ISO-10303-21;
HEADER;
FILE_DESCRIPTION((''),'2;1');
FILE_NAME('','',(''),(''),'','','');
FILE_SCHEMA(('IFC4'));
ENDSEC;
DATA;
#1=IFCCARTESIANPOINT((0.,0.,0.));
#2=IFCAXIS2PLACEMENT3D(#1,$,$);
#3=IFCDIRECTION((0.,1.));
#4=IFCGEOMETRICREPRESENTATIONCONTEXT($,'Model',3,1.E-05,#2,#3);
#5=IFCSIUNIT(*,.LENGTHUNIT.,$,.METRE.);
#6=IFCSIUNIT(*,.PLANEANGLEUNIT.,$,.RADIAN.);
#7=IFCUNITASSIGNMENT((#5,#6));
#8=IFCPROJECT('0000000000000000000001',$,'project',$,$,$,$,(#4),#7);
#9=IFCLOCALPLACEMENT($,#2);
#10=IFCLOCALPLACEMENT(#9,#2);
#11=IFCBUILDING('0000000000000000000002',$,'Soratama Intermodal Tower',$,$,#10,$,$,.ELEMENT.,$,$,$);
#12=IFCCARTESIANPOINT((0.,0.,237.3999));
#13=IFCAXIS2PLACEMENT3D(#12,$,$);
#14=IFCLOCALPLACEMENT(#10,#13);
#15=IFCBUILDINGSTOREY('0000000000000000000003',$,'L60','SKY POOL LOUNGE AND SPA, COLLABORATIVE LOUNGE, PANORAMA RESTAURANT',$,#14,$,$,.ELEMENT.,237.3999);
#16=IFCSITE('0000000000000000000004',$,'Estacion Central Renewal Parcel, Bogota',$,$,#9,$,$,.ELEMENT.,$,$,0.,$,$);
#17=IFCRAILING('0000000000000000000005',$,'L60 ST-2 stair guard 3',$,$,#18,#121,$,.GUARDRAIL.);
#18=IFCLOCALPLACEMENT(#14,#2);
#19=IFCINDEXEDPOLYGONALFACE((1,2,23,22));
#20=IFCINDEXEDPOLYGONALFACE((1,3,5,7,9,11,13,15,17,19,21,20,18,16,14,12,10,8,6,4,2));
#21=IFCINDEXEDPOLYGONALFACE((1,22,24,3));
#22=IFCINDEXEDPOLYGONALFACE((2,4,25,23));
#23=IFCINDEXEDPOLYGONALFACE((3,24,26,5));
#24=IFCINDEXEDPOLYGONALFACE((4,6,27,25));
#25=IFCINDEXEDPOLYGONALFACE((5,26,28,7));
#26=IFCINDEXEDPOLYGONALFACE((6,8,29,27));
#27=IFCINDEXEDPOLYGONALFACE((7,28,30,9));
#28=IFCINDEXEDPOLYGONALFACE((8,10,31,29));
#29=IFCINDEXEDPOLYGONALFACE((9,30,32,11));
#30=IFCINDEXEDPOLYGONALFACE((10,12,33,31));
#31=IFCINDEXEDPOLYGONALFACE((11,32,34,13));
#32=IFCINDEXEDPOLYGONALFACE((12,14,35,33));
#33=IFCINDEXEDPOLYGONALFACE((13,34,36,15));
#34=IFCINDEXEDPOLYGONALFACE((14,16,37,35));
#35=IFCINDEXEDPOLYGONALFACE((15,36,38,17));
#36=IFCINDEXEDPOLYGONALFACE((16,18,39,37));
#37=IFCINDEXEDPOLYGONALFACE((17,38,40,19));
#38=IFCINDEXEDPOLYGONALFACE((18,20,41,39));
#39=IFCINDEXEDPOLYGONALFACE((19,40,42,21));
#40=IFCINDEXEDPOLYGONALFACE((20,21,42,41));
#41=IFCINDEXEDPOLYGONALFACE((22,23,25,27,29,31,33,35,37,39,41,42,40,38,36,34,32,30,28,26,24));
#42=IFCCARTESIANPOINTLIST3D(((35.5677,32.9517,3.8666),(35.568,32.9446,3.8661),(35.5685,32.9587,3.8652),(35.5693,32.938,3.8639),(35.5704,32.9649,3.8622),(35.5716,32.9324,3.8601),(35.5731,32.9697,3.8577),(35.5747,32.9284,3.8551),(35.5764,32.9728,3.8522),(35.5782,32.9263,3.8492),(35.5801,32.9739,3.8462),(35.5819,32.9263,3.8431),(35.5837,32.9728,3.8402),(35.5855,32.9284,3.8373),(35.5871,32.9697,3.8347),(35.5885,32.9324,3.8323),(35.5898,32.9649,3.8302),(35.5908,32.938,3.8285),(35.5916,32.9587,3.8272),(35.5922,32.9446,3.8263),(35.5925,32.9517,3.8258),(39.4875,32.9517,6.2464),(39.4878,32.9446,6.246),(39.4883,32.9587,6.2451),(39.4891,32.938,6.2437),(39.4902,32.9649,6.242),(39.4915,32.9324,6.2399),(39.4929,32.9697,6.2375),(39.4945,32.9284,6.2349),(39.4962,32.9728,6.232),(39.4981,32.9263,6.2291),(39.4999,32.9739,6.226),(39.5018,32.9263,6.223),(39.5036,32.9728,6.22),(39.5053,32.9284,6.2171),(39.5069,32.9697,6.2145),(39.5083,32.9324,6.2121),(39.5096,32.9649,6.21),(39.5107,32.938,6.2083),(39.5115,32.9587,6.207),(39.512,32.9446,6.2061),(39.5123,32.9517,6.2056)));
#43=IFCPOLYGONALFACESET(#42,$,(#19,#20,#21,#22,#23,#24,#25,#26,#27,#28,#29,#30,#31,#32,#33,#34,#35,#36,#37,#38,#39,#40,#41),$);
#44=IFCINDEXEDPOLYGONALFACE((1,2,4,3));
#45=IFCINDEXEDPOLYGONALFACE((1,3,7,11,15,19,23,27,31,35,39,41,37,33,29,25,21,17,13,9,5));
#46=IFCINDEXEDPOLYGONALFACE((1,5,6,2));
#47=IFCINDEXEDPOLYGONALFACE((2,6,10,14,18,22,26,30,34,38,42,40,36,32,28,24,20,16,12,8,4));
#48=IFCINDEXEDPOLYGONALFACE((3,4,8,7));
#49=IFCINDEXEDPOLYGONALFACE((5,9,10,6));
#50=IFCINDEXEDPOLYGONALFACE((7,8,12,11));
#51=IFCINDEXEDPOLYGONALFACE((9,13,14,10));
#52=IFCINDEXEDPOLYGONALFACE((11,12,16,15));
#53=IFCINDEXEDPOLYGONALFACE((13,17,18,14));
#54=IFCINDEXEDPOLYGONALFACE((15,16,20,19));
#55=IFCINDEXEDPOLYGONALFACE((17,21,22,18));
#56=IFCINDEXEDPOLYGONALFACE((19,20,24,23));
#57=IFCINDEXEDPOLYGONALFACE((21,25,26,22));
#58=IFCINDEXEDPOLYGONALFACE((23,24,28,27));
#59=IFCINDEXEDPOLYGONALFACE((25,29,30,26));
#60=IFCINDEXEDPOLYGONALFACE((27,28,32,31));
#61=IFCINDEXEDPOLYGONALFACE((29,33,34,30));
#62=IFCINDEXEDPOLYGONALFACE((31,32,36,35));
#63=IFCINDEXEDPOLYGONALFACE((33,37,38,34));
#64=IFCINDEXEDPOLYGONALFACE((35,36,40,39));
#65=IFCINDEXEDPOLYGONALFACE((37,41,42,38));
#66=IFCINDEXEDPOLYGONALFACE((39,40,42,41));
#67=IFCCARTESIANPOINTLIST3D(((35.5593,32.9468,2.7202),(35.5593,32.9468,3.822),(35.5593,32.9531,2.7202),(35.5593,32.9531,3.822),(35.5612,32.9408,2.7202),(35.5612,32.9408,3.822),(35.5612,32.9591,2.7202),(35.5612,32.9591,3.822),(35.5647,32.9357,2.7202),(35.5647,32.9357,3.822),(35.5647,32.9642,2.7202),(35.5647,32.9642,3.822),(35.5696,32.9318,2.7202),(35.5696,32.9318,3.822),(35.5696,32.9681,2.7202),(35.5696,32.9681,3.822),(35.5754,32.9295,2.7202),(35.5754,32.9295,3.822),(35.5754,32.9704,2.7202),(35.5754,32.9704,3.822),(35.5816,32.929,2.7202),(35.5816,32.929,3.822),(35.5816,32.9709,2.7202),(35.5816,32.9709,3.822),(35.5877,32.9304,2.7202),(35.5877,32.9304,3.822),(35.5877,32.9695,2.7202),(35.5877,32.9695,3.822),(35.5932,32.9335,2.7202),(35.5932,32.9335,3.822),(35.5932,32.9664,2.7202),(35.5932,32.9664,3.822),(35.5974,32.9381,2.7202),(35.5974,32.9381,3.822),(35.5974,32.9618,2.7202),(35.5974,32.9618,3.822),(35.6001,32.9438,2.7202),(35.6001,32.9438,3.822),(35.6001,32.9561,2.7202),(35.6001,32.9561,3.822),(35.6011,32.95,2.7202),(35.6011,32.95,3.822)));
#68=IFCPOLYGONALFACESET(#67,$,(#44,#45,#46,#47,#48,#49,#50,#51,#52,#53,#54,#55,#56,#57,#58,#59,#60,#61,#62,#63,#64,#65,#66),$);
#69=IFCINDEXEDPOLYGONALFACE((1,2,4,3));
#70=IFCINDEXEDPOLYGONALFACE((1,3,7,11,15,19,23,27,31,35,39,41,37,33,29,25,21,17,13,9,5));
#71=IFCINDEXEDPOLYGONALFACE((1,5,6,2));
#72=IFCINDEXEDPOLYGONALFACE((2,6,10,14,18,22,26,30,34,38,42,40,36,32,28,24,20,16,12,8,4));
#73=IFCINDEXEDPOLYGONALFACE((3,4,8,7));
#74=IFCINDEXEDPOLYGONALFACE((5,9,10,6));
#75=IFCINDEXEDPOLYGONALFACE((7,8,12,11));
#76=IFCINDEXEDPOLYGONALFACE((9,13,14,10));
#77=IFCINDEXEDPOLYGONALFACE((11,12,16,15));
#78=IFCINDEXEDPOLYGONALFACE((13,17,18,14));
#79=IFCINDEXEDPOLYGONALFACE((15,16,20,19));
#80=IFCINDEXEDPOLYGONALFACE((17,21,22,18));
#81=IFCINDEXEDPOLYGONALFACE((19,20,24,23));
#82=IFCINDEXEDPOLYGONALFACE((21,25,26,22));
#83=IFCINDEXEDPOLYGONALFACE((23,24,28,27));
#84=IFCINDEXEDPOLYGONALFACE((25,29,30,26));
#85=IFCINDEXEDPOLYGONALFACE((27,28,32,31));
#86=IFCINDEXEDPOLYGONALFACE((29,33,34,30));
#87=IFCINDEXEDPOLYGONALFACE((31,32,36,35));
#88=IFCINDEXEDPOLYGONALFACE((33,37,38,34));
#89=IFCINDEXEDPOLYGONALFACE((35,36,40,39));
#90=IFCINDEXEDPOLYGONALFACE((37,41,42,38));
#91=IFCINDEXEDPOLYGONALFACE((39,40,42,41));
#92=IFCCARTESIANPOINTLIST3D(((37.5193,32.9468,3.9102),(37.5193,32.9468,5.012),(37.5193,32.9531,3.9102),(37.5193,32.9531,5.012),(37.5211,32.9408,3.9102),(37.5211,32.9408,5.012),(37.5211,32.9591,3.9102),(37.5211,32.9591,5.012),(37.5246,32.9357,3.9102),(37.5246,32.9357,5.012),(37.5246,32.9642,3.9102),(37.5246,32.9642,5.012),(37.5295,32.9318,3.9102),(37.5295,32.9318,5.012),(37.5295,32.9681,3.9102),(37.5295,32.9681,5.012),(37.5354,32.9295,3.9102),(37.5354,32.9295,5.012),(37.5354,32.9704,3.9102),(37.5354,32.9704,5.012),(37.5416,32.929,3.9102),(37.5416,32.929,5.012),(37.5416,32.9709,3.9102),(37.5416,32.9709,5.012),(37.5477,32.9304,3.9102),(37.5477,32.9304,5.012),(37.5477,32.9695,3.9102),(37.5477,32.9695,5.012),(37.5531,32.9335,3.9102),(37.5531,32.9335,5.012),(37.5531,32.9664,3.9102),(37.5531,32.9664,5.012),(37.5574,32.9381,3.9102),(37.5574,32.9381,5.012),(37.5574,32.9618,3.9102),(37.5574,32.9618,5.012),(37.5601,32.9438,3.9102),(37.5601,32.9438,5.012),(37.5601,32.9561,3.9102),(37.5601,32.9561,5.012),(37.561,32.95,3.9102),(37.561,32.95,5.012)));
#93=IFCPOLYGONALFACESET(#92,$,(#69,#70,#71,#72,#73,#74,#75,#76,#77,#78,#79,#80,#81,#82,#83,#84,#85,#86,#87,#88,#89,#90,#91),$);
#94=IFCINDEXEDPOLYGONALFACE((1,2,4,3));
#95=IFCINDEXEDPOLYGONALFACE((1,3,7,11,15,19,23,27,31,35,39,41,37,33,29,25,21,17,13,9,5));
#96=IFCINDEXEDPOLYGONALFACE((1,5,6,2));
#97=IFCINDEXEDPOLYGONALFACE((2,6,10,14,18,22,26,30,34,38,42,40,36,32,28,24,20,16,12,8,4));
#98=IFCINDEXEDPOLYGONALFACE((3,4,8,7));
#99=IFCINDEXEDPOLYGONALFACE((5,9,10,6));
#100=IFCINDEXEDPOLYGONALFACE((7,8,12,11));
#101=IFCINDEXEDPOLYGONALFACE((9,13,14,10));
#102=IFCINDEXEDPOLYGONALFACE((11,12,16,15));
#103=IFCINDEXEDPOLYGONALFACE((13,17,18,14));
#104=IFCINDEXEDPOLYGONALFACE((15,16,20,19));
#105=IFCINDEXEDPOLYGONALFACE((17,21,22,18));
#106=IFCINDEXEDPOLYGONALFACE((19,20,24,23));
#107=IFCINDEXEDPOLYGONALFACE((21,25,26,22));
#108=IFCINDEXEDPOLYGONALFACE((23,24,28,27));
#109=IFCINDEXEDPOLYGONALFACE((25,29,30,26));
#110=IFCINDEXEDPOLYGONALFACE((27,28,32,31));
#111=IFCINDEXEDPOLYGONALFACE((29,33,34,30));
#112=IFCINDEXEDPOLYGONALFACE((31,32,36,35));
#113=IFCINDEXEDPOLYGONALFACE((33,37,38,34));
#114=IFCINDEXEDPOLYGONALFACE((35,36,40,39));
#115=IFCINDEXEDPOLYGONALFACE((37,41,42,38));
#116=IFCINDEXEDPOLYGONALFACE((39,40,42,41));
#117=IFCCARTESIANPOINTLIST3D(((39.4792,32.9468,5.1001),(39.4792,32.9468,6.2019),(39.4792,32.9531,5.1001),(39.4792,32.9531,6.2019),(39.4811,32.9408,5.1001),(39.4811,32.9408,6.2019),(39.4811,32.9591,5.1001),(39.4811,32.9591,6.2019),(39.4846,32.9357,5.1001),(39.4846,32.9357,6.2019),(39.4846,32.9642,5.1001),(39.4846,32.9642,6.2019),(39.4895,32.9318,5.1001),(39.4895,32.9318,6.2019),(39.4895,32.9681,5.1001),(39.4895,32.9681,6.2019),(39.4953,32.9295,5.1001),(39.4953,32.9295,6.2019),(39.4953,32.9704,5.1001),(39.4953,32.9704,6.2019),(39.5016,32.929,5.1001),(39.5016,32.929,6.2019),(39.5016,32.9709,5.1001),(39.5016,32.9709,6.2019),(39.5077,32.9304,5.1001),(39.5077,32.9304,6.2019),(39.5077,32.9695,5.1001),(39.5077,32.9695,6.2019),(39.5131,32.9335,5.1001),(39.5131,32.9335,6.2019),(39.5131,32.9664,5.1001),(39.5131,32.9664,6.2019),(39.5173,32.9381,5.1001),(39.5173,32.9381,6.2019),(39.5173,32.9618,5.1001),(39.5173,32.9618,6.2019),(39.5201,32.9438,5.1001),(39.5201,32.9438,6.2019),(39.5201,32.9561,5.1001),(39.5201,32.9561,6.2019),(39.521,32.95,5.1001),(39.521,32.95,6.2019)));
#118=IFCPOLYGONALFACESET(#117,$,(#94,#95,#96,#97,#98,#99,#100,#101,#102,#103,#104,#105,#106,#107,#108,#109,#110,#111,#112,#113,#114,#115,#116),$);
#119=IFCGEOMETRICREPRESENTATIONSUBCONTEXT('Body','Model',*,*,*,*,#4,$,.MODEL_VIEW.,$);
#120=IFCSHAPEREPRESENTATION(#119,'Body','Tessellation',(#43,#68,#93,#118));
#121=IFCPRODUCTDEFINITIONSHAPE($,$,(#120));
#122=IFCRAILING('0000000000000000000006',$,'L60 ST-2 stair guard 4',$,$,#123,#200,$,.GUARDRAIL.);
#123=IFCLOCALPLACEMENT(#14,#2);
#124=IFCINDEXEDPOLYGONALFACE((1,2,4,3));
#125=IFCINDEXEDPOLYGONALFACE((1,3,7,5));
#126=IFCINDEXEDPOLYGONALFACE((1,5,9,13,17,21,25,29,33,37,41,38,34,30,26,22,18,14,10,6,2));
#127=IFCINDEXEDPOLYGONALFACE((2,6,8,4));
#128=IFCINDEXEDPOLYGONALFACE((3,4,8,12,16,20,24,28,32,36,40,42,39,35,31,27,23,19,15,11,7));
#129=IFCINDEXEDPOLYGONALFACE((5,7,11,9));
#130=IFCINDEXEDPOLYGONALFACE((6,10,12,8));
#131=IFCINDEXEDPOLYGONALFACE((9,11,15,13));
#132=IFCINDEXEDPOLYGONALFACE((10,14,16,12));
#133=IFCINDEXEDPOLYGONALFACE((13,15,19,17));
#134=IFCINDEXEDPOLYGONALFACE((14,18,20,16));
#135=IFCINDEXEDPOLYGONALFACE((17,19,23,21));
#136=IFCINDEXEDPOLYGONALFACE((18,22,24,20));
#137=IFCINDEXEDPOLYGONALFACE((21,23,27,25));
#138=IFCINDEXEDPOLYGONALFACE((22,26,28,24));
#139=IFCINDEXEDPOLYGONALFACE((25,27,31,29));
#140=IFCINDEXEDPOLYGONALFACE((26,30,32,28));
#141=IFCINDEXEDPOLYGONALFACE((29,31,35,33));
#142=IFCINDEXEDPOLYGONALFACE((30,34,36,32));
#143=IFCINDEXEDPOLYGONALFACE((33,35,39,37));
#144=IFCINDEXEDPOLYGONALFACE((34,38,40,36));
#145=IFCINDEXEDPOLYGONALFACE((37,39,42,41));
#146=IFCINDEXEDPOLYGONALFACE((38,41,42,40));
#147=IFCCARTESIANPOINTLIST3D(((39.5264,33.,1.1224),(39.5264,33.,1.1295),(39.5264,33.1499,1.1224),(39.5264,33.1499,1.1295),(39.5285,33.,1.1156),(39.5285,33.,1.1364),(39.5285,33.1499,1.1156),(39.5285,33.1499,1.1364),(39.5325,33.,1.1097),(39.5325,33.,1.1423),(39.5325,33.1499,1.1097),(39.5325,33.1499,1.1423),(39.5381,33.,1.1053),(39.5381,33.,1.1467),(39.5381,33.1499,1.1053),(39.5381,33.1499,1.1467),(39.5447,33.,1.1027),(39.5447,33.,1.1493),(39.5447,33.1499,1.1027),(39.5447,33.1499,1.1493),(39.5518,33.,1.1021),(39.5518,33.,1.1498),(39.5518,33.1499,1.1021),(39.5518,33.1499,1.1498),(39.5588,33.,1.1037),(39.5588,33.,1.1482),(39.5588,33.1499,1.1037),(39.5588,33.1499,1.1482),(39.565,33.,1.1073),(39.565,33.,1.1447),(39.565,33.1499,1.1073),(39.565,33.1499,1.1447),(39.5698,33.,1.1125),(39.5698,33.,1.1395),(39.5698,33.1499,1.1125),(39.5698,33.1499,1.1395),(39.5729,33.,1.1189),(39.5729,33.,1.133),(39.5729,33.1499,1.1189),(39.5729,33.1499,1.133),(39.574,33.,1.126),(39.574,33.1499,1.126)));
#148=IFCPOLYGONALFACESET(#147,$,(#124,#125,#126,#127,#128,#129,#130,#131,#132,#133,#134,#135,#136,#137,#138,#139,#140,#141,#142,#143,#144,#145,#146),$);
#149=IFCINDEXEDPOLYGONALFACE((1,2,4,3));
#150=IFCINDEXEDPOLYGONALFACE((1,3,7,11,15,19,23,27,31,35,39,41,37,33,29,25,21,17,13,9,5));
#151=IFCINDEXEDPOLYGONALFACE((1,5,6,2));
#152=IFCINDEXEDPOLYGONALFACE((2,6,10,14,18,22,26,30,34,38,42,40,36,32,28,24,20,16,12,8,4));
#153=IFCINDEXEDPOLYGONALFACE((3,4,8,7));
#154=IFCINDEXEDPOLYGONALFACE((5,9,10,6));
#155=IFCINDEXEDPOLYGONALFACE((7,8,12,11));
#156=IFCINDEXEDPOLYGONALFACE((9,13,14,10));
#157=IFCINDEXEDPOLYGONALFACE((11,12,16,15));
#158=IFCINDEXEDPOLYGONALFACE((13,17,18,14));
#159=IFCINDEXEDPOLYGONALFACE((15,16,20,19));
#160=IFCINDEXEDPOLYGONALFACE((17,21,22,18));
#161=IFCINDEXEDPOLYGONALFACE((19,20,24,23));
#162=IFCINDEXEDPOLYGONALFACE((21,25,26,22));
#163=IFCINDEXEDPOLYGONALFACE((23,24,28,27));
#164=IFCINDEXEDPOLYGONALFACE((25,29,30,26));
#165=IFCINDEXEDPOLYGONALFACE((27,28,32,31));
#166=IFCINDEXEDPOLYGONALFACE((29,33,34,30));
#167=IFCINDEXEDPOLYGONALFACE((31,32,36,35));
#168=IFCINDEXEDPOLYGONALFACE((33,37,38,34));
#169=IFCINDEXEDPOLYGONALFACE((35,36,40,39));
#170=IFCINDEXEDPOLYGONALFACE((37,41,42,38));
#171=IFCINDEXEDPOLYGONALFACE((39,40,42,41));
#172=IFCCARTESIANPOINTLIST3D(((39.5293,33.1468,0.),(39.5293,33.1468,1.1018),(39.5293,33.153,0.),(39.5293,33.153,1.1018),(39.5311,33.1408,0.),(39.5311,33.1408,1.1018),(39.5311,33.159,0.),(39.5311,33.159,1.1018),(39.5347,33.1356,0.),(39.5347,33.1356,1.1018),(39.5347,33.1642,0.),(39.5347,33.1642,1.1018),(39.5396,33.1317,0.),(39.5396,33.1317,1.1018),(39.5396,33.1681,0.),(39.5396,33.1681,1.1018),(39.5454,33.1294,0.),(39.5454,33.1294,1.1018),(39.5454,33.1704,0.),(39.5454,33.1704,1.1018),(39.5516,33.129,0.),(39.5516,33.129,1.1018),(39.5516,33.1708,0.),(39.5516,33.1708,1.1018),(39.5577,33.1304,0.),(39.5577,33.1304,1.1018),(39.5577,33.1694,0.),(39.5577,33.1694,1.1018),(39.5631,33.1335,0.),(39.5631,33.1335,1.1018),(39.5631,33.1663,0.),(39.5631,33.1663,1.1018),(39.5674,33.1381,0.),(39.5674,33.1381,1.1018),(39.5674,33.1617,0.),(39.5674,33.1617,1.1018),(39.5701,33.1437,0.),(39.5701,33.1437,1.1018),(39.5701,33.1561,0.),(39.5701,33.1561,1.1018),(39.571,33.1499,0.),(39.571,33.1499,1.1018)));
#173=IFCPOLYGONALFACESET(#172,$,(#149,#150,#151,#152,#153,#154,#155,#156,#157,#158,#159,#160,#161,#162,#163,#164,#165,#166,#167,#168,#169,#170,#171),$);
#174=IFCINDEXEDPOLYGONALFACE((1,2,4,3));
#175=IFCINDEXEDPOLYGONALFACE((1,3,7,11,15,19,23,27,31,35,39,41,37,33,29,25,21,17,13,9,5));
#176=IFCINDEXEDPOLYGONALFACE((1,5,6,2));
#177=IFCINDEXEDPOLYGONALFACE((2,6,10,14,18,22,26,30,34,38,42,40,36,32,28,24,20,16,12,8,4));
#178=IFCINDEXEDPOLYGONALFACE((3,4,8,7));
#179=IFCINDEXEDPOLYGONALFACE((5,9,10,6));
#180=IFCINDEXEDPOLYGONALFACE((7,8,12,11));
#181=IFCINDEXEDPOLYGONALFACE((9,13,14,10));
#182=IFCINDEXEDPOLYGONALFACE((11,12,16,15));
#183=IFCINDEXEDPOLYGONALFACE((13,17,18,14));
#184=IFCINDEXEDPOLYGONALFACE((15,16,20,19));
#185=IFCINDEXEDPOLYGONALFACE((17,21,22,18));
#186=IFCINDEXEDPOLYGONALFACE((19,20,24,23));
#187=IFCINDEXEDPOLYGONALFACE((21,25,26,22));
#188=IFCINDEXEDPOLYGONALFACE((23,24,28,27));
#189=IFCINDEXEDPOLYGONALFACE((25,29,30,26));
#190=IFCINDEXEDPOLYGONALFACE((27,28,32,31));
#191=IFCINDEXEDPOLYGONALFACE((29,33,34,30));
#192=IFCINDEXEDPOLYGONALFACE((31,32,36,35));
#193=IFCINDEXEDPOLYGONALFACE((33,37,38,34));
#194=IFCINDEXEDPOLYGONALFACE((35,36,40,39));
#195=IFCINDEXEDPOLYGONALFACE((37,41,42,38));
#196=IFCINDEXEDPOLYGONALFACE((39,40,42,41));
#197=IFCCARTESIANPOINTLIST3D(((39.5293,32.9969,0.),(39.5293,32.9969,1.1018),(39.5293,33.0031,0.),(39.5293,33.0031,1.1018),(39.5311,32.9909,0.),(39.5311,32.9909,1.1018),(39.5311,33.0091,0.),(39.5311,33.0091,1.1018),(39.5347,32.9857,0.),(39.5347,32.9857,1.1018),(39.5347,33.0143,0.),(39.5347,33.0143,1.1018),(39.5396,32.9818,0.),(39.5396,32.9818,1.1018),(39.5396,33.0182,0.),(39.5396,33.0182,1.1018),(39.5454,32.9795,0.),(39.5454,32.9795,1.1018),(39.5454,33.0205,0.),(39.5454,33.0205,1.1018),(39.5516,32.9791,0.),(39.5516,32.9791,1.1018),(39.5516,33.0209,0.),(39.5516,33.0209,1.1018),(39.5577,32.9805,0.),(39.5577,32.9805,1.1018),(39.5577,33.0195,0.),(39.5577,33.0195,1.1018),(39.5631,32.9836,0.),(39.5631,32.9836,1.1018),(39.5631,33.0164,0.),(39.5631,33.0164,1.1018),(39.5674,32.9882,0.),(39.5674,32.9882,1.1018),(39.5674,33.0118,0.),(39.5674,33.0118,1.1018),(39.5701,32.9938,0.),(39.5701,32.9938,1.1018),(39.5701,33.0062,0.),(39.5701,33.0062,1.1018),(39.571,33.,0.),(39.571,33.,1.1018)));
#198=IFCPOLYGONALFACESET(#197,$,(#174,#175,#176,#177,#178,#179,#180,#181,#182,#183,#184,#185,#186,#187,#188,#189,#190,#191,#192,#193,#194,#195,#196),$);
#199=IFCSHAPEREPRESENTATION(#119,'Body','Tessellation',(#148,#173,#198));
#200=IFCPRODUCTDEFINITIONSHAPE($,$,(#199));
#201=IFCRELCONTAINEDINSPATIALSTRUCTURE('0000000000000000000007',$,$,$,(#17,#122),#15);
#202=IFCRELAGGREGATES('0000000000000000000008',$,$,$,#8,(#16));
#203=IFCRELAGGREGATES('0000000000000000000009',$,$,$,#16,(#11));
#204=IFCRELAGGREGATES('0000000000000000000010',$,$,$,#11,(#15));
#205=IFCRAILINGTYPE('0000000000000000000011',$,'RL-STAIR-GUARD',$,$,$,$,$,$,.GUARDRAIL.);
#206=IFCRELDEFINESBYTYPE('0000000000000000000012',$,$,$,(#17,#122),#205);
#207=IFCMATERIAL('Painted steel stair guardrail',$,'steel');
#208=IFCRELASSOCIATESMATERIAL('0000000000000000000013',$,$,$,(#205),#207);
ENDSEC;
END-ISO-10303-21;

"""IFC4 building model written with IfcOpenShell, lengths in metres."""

from ifc_helpers import new_model, si_unit, direction, frame, origin, origin_2d, place, context, subcontext, project, spatial, circle, extrude, material, type_object, element, save


model = new_model("IFC4")

# Units and contexts
model_context = context("Model", 3, precision=1e-05, world=origin(), true_north=direction((0.0, 1.0)))
body_context = subcontext(model_context, "Body", "Model", "MODEL_VIEW")
ifc_project = project(units=[si_unit("LENGTHUNIT", "METRE"), si_unit("PLANEANGLEUNIT", "RADIAN")], contexts=[model_context])

# Site, building, storey
site_placement = place(None, origin())
site = spatial("IfcSite", under=ifc_project, at=site_placement, Name="Estacion Central Renewal Parcel, Bogota", CompositionType="ELEMENT", RefElevation=0.0)
building_placement = place(site_placement, origin())
building = spatial("IfcBuilding", under=site, at=building_placement, Name="Soratama Intermodal Tower", CompositionType="ELEMENT")
storey_placement = place(building_placement, frame((0.0, 0.0, 237.3999)))
storey = spatial("IfcBuildingStorey", under=building, at=storey_placement, Name="L60", Description="SKY POOL LOUNGE AND SPA, COLLABORATIVE LOUNGE, PANORAMA RESTAURANT", CompositionType="ELEMENT", Elevation=237.3999)

# Railings
ifc_material_1 = material(Name="Painted steel stair guardrail", Category="steel")
railing_type_1 = type_object("IfcRailingType", Name="RL-STAIR-GUARD", PredefinedType="GUARDRAIL", material=ifc_material_1)
railing_1_placement = place(storey_placement, frame((35.5801, 32.95, 2.7202)))
element("IfcRailing", 1, at=railing_1_placement, inside=storey, type_object=railing_type_1, Name="L60 ST-2 stair guard 3", PredefinedType="GUARDRAIL", context=body_context, shape_type="SweptSolid", body=[
    extrude(circle(Radius=0.0239, at=origin_2d()), frame((0.0, 0.0, 1.126), z_axis=(0.854794, 0.0, 0.518967), x_axis=(0.0, 1.0, 0.0)), (0.0, 0.0, 1.0), 4.5857),
    extrude(circle(Radius=0.021, at=origin_2d()), origin(), (0.0, 0.0, 1.0), 1.1018),
    extrude(circle(Radius=0.021, at=origin_2d()), frame((1.96, 0.0, 1.1899)), (0.0, 0.0, 1.0), 1.1018),
    extrude(circle(Radius=0.021, at=origin_2d()), frame((3.9199, 0.0, 2.3799)), (0.0, 0.0, 1.0), 1.1018),
])
railing_2_placement = place(storey_placement, frame((39.55, 33.1499, 0.0)))
element("IfcRailing", 2, at=railing_2_placement, inside=storey, type_object=railing_type_1, Name="L60 ST-2 stair guard 4", PredefinedType="GUARDRAIL", context=body_context, shape_type="SweptSolid", body=[
    extrude(circle(Radius=0.0239, at=origin_2d()), frame((0.0, 0.0, 1.126), z_axis=(0.0, -1.0, 0.0), x_axis=(1.0, 0.0, 0.0)), (0.0, 0.0, 1.0), 0.1499),
    extrude(circle(Radius=0.021, at=origin_2d()), origin(), (0.0, 0.0, 1.0), 1.1018),
    extrude(circle(Radius=0.021, at=origin_2d()), frame((0.0, -0.1499, 0.0)), (0.0, 0.0, 1.0), 1.1018),
])

save(model, "model.ifc")
